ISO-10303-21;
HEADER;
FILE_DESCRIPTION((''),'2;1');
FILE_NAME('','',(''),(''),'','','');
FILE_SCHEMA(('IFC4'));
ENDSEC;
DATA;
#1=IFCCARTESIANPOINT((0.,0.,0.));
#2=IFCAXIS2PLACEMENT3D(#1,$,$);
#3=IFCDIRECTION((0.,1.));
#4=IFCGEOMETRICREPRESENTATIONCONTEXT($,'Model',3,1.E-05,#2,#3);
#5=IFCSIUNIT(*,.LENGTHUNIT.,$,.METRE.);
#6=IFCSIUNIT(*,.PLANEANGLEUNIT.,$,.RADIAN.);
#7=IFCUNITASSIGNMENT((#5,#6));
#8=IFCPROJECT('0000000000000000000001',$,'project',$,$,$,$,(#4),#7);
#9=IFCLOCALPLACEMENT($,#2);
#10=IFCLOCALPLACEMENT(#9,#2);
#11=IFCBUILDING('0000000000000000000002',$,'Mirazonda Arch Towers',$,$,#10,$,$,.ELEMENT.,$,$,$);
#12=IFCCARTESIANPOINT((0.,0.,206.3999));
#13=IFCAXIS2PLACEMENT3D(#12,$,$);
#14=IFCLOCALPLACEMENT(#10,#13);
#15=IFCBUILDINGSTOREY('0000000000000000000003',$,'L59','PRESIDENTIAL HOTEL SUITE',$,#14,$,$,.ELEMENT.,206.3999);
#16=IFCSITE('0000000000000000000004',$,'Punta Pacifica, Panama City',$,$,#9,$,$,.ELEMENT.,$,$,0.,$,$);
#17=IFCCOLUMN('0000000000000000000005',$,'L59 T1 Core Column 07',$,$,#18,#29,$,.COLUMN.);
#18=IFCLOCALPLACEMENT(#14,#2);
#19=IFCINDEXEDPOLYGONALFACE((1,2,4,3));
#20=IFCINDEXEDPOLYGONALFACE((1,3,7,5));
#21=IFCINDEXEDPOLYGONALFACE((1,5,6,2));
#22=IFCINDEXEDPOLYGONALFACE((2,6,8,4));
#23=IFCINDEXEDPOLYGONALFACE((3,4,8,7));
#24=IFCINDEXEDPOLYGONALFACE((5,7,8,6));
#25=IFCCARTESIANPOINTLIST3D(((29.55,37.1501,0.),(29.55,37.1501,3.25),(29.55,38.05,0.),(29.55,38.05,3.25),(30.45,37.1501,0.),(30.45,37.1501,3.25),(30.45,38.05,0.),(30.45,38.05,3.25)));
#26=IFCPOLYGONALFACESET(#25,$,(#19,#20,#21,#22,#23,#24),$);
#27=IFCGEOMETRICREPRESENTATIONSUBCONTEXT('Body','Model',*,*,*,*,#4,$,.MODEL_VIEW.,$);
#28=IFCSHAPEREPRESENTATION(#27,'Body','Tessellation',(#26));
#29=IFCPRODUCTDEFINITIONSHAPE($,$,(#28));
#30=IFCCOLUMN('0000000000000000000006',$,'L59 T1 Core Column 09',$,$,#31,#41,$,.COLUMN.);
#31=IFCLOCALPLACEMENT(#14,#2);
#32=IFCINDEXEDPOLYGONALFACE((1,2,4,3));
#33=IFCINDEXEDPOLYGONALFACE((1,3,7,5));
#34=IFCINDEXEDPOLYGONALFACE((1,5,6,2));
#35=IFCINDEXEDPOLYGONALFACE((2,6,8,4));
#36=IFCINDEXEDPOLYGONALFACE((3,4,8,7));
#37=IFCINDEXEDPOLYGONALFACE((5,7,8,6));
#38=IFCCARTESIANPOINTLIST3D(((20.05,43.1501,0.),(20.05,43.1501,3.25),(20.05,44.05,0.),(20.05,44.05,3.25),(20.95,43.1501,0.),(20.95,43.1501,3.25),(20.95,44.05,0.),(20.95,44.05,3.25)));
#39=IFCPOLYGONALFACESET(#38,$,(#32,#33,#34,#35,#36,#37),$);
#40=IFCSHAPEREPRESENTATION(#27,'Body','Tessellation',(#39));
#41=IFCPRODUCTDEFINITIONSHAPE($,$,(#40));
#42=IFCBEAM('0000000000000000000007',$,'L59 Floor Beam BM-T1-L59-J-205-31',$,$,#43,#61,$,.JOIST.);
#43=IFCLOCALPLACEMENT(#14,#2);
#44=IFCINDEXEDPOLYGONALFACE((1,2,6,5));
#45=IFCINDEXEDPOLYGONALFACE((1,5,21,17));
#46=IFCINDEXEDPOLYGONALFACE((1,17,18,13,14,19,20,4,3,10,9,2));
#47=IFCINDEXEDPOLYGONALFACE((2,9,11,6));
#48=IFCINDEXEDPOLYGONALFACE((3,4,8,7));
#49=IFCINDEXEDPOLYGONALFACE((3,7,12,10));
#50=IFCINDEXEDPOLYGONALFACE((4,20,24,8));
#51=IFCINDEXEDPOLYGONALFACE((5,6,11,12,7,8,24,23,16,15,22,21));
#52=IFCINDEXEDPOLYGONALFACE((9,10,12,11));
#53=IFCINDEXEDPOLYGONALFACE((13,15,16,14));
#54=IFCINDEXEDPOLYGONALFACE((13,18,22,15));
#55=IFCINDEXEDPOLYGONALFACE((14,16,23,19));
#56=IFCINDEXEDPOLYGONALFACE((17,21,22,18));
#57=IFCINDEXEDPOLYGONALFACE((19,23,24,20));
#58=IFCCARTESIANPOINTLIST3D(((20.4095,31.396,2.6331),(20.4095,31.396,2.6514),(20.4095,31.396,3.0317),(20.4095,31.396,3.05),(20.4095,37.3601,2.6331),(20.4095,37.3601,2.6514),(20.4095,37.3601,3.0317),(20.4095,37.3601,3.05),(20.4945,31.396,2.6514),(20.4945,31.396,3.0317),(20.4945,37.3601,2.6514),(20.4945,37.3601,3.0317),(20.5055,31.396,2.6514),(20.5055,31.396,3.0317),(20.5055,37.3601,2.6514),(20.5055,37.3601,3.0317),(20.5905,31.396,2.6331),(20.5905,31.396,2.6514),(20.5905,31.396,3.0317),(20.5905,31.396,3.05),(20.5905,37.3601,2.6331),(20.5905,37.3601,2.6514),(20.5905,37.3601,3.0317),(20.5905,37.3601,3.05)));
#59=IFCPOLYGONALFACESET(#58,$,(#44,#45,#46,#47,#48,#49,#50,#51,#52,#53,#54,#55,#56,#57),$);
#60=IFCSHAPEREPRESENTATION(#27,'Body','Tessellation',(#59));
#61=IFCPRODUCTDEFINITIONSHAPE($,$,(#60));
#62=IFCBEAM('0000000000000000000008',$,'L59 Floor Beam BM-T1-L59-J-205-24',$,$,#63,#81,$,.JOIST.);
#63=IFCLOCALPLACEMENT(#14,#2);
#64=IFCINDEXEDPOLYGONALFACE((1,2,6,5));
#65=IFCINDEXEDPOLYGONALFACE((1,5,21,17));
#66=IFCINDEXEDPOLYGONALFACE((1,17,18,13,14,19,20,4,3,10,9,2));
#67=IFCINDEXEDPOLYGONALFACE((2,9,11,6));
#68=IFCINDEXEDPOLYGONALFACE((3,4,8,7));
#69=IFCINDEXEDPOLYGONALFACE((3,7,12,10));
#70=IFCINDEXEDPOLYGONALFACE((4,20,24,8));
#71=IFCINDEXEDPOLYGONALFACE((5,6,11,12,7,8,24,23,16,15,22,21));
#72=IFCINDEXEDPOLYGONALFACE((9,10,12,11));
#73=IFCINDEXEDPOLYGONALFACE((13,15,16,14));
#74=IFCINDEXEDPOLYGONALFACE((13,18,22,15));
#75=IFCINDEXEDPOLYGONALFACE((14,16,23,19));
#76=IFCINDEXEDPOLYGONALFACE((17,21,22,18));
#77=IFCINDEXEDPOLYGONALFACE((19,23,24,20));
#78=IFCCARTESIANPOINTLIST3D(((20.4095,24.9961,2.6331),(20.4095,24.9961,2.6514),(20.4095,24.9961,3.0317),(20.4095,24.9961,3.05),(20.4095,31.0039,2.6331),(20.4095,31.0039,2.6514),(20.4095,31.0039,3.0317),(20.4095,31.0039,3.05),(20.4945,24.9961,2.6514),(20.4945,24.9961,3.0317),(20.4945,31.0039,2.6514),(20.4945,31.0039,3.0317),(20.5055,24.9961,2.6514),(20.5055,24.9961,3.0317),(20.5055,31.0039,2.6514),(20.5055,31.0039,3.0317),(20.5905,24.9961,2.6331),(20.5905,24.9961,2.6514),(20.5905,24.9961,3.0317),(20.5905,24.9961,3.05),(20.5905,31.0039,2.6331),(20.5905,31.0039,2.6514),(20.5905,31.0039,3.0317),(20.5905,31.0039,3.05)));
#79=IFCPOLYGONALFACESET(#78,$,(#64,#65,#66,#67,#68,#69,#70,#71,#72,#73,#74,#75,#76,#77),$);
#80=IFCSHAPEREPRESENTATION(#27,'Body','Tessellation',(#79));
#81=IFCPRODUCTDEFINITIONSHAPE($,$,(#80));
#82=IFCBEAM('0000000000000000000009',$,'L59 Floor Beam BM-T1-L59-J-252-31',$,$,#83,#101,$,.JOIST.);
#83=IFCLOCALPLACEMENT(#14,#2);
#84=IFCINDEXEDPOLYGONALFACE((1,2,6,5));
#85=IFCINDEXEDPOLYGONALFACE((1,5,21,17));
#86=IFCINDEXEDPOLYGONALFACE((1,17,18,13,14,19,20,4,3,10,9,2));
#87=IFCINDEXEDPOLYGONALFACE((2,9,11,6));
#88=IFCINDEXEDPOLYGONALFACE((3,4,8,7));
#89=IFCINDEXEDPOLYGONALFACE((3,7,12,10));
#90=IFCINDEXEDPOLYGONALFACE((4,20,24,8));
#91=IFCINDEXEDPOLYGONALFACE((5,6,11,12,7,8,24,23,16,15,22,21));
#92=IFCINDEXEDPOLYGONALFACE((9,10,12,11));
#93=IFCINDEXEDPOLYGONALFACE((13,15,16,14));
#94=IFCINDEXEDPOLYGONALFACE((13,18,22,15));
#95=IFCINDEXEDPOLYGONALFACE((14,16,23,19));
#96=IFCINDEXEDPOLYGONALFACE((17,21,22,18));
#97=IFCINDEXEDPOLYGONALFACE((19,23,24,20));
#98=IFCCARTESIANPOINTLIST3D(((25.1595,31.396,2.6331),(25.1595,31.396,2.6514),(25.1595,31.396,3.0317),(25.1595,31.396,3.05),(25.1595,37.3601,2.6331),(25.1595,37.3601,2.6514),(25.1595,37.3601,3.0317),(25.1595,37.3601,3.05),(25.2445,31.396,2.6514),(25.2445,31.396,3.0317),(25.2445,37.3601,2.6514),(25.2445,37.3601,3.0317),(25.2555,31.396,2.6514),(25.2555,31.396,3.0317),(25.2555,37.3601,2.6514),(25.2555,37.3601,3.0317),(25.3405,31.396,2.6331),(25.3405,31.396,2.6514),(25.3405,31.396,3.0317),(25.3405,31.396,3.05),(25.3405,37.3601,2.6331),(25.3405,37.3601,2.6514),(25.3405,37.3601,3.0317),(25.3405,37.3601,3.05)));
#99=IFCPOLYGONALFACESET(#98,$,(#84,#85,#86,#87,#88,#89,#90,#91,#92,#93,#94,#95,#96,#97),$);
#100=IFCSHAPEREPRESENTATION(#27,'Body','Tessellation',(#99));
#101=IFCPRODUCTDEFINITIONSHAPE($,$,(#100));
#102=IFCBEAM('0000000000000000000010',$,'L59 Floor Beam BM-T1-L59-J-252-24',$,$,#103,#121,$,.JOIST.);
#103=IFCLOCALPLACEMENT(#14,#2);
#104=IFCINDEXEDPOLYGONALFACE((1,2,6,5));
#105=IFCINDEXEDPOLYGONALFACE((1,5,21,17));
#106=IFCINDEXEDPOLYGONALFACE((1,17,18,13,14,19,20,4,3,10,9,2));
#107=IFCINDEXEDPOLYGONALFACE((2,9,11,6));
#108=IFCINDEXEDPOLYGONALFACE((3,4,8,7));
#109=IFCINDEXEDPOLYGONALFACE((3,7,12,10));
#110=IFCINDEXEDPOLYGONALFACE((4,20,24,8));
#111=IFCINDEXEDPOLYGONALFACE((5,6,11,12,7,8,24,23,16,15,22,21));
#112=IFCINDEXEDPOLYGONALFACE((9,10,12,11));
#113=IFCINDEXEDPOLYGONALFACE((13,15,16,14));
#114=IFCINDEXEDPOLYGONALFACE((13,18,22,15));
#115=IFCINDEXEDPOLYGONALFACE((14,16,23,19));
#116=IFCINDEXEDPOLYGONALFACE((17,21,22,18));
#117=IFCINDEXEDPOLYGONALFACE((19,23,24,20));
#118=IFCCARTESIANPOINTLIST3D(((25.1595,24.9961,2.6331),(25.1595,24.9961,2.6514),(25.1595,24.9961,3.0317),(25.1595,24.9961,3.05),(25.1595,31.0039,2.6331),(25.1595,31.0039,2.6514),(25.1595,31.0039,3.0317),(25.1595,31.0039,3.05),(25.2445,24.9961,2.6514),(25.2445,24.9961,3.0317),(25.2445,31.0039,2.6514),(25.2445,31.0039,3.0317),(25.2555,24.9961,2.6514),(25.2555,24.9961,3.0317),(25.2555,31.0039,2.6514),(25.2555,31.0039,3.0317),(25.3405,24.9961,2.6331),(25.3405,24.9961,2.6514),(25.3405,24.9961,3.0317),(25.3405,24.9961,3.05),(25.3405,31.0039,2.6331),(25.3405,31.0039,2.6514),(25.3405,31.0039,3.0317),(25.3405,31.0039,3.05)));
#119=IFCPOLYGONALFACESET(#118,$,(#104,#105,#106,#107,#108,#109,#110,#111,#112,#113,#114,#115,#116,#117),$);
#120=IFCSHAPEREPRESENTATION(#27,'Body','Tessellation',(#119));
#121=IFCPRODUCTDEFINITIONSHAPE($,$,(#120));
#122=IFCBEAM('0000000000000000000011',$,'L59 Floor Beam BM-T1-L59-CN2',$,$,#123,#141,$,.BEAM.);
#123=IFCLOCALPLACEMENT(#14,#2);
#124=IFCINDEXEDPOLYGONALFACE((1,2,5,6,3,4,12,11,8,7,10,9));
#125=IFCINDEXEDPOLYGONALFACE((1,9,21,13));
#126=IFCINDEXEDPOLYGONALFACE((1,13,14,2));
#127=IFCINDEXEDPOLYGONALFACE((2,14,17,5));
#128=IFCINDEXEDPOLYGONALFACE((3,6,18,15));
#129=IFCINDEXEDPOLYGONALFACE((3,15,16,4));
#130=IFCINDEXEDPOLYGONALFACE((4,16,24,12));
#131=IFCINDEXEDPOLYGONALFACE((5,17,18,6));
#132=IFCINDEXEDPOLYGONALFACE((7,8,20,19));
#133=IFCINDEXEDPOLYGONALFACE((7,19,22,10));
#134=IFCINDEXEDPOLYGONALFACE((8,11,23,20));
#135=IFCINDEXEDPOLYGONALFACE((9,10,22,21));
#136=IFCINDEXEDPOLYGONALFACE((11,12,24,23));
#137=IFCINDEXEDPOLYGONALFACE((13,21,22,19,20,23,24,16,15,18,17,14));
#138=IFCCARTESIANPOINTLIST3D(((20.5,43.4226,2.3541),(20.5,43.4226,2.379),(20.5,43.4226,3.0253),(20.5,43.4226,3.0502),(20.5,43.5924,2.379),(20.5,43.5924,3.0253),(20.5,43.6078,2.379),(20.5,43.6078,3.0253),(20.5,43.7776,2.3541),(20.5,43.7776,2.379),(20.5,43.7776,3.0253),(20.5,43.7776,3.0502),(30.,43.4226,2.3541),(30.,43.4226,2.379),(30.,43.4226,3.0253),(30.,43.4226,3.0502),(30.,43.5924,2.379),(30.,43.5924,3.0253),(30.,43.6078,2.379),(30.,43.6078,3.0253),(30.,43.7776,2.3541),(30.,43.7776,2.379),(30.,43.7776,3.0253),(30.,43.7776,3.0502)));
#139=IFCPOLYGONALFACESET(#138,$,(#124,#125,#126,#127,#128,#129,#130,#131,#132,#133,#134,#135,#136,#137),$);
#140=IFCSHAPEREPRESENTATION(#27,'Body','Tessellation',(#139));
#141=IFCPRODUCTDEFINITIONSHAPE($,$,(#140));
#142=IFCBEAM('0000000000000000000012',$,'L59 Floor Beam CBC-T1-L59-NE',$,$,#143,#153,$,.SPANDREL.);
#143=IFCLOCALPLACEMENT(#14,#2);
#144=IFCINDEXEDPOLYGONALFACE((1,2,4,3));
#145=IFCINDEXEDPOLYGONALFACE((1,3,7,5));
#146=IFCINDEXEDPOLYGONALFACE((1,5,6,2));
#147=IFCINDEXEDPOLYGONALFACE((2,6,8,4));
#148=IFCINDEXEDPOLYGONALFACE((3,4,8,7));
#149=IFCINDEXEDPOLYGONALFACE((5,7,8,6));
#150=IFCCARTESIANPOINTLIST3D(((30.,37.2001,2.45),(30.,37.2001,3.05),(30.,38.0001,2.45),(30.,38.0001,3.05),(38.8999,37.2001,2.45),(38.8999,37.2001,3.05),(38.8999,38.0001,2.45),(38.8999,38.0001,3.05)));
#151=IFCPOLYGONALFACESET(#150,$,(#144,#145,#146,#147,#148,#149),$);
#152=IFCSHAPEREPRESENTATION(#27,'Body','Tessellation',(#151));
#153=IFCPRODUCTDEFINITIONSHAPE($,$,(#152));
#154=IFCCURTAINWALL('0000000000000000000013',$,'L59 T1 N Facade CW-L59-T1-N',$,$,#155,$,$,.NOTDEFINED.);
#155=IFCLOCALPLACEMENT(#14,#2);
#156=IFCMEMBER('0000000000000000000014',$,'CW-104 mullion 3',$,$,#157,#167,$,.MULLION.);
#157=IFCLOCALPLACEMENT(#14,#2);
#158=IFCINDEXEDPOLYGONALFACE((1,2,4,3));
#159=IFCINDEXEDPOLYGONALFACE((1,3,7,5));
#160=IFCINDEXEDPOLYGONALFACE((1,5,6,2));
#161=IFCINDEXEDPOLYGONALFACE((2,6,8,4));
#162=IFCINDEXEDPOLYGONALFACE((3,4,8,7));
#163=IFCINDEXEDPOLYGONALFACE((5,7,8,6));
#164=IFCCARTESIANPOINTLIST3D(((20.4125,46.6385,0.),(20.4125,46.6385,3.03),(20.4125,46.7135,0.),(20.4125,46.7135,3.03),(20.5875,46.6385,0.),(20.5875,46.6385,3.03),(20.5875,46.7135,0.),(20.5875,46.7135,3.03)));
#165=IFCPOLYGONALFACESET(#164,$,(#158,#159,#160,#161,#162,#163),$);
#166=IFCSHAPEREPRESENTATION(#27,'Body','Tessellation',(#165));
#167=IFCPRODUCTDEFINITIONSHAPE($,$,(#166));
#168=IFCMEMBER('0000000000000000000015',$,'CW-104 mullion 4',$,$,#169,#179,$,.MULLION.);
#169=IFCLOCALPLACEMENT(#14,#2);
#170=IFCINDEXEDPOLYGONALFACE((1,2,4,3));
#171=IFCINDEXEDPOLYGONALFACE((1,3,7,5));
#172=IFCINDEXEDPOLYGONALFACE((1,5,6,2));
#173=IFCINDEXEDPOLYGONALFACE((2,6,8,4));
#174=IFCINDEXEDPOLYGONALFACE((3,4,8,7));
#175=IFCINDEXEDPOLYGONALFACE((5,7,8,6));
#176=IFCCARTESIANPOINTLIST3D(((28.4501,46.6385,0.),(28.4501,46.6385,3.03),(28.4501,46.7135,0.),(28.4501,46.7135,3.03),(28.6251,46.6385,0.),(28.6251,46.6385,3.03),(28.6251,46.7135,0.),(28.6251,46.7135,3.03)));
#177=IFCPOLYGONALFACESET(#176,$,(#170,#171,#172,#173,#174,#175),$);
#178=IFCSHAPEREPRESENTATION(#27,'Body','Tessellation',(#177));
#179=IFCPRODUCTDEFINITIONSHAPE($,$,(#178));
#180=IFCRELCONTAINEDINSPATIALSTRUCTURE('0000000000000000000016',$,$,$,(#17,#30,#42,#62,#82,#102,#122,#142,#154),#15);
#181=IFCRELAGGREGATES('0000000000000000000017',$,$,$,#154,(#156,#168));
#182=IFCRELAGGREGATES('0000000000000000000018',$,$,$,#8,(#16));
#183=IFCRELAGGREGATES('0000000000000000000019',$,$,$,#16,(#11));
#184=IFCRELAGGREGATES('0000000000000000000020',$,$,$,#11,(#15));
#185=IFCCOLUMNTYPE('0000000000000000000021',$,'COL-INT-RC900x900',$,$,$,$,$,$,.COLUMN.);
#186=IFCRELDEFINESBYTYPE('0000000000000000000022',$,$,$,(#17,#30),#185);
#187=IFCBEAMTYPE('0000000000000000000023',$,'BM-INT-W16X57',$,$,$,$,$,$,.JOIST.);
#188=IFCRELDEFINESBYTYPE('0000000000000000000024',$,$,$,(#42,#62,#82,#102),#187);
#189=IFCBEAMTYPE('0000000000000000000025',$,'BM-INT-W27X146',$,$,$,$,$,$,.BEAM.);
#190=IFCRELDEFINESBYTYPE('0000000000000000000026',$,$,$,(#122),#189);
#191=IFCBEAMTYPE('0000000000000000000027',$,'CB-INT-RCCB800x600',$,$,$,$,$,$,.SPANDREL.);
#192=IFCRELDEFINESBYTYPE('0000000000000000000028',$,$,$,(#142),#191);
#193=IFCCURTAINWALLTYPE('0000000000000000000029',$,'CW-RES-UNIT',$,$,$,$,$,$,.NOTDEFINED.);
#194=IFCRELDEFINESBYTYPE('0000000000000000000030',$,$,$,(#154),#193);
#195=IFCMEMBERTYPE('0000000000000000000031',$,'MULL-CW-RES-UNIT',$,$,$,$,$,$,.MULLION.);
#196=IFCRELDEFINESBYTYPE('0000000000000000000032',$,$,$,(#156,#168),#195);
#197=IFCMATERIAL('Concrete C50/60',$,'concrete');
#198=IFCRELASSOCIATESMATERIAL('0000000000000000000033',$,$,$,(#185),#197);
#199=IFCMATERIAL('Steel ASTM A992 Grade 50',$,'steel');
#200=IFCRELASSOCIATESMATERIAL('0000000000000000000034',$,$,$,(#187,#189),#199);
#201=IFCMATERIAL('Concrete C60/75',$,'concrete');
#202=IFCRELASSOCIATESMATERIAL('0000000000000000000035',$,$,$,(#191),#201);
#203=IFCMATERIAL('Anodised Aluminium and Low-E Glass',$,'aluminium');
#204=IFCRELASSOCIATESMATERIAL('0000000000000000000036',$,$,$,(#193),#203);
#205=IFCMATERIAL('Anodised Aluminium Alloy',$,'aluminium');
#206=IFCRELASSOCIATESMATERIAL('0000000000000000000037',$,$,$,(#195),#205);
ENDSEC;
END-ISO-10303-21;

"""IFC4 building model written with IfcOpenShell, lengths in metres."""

from ifc_helpers import new_model, si_unit, direction, frame, origin, origin_2d, place, context, subcontext, project, spatial, rectangle, i_section, extrude, material, material_profile, profile_set, type_object, element, aggregate, save


model = new_model("IFC4")

# Units and contexts
model_context = context("Model", 3, precision=1e-05, world=origin(), true_north=direction((0.0, 1.0)))
body_context = subcontext(model_context, "Body", "Model", "MODEL_VIEW")
ifc_project = project(units=[si_unit("LENGTHUNIT", "METRE"), si_unit("PLANEANGLEUNIT", "RADIAN")], contexts=[model_context])

# Site, building, storey
site_placement = place(None, origin())
site = spatial("IfcSite", under=ifc_project, at=site_placement, Name="Punta Pacifica, Panama City", CompositionType="ELEMENT", RefElevation=0.0)
building_placement = place(site_placement, origin())
building = spatial("IfcBuilding", under=site, at=building_placement, Name="Mirazonda Arch Towers", CompositionType="ELEMENT")
storey_placement = place(building_placement, frame((0.0, 0.0, 206.3999)))
storey = spatial("IfcBuildingStorey", under=building, at=storey_placement, Name="L59", Description="PRESIDENTIAL HOTEL SUITE", CompositionType="ELEMENT", Elevation=206.3999)

# Columns
ifc_material_1 = material(Name="Concrete C50/60", Category="concrete")
ifc_material_profile_1 = material_profile(ifc_material_1, rectangle(XDim=0.8999, YDim=0.8999, at=origin_2d()), Name="RC900x900")
ifc_profile_set_1 = profile_set([ifc_material_profile_1], Name="Concrete C50/60")
column_type = type_object("IfcColumnType", Name="COL-INT-RC900x900", PredefinedType="COLUMN", material=ifc_profile_set_1)
for number, where, z_axis, x_axis, name in (
    (1, (30.0, 37.6001, 0.0), (0.0, 0.0, 1.0), (1.0, 0.0, 0.0), "L59 T1 Core Column 07"),
    (2, (20.5, 43.6001, 0.0), (0.0, 0.0, 1.0), (1.0, 0.0, 0.0), "L59 T1 Core Column 09"),
):
    element("IfcColumn", number, at=place(storey_placement, frame(where, z_axis=z_axis, x_axis=x_axis)), inside=storey, type_object=column_type, Name=name, PredefinedType="COLUMN", context=body_context, shape_type="SweptSolid", body=[
        extrude(rectangle(XDim=0.8999, YDim=0.8999, at=origin_2d()), origin(), (0.0, 0.0, 1.0), 3.25),
    ])

# Beams
ifc_material_2 = material(Name="Steel ASTM A992 Grade 50", Category="steel")
ifc_material_profile_2 = material_profile(ifc_material_2, i_section(OverallWidth=0.1809, OverallDepth=0.417, WebThickness=0.011, FlangeThickness=0.0183, at=origin_2d()), Name="W16X57")
ifc_profile_set_2 = profile_set([ifc_material_profile_2], Name="Steel ASTM A992 Grade 50")
beam_type_1 = type_object("IfcBeamType", Name="BM-INT-W16X57", PredefinedType="JOIST", material=ifc_profile_set_2)
beam_1_placement = place(storey_placement, frame((20.5, 31.396, 2.8416), z_axis=(0.0, 1.0, 0.0), x_axis=(-1.0, 0.0, 0.0)))
element("IfcBeam", 3, at=beam_1_placement, inside=storey, type_object=beam_type_1, Name="L59 Floor Beam BM-T1-L59-J-205-31", PredefinedType="JOIST", context=body_context, shape_type="SweptSolid", body=[
    extrude(i_section(OverallWidth=0.1809, OverallDepth=0.417, WebThickness=0.011, FlangeThickness=0.0183, at=origin_2d()), origin(), (0.0, 0.0, 1.0), 5.9641),
])
beam_2_placement = place(storey_placement, frame((20.5, 24.9961, 2.8416), z_axis=(0.0, 1.0, 0.0), x_axis=(-1.0, 0.0, 0.0)))
element("IfcBeam", 4, at=beam_2_placement, inside=storey, type_object=beam_type_1, Name="L59 Floor Beam BM-T1-L59-J-205-24", PredefinedType="JOIST", context=body_context, shape_type="SweptSolid", body=[
    extrude(i_section(OverallWidth=0.1809, OverallDepth=0.417, WebThickness=0.011, FlangeThickness=0.0183, at=origin_2d()), origin(), (0.0, 0.0, 1.0), 6.0078),
])
beam_3_placement = place(storey_placement, frame((25.25, 31.396, 2.8416), z_axis=(0.0, 1.0, 0.0), x_axis=(-1.0, 0.0, 0.0)))
element("IfcBeam", 5, at=beam_3_placement, inside=storey, type_object=beam_type_1, Name="L59 Floor Beam BM-T1-L59-J-252-31", PredefinedType="JOIST", context=body_context, shape_type="SweptSolid", body=[
    extrude(i_section(OverallWidth=0.1809, OverallDepth=0.417, WebThickness=0.011, FlangeThickness=0.0183, at=origin_2d()), origin(), (0.0, 0.0, 1.0), 5.9641),
])
beam_4_placement = place(storey_placement, frame((25.25, 24.9961, 2.8416), z_axis=(0.0, 1.0, 0.0), x_axis=(-1.0, 0.0, 0.0)))
element("IfcBeam", 6, at=beam_4_placement, inside=storey, type_object=beam_type_1, Name="L59 Floor Beam BM-T1-L59-J-252-24", PredefinedType="JOIST", context=body_context, shape_type="SweptSolid", body=[
    extrude(i_section(OverallWidth=0.1809, OverallDepth=0.417, WebThickness=0.011, FlangeThickness=0.0183, at=origin_2d()), origin(), (0.0, 0.0, 1.0), 6.0078),
])
ifc_material_profile_3 = material_profile(ifc_material_2, i_section(OverallWidth=0.355, OverallDepth=0.696, WebThickness=0.0154, FlangeThickness=0.0249, at=origin_2d()), Name="W27X146")
ifc_profile_set_3 = profile_set([ifc_material_profile_3], Name="Steel ASTM A992 Grade 50")
beam_type_2 = type_object("IfcBeamType", Name="BM-INT-W27X146", PredefinedType="BEAM", material=ifc_profile_set_3)
beam_5_placement = place(storey_placement, frame((20.5, 43.6001, 2.7021), z_axis=(1.0, 0.0, 0.0), x_axis=(0.0, 1.0, 0.0)))
element("IfcBeam", 7, at=beam_5_placement, inside=storey, type_object=beam_type_2, Name="L59 Floor Beam BM-T1-L59-CN2", PredefinedType="BEAM", context=body_context, shape_type="SweptSolid", body=[
    extrude(i_section(OverallWidth=0.355, OverallDepth=0.696, WebThickness=0.0154, FlangeThickness=0.0249, at=origin_2d()), origin(), (0.0, 0.0, 1.0), 9.5),
])
ifc_material_3 = material(Name="Concrete C60/75", Category="concrete")
ifc_material_profile_4 = material_profile(ifc_material_3, rectangle(XDim=0.8, YDim=0.6001, at=origin_2d()), Name="RCCB800x600")
ifc_profile_set_4 = profile_set([ifc_material_profile_4], Name="Concrete C60/75")
beam_type_3 = type_object("IfcBeamType", Name="CB-INT-RCCB800x600", PredefinedType="SPANDREL", material=ifc_profile_set_4)
beam_6_placement = place(storey_placement, frame((30.0, 37.6001, 2.75), z_axis=(1.0, 0.0, 0.0), x_axis=(0.0, 1.0, 0.0)))
element("IfcBeam", 8, at=beam_6_placement, inside=storey, type_object=beam_type_3, Name="L59 Floor Beam CBC-T1-L59-NE", PredefinedType="SPANDREL", context=body_context, shape_type="SweptSolid", body=[
    extrude(rectangle(XDim=0.8, YDim=0.6001, at=origin_2d()), origin(), (0.0, 0.0, 1.0), 8.8999),
])

# Curtain wall, members
ifc_material_4 = material(Name="Anodised Aluminium and Low-E Glass", Category="aluminium")
curtain_wall_type = type_object("IfcCurtainWallType", Name="CW-RES-UNIT", PredefinedType="NOTDEFINED", material=ifc_material_4)
curtain_wall_placement = place(storey_placement, origin())
curtain_wall = element("IfcCurtainWall", 9, at=curtain_wall_placement, inside=storey, type_object=curtain_wall_type, Name="L59 T1 N Facade CW-L59-T1-N", PredefinedType="NOTDEFINED")
ifc_material_5 = material(Name="Anodised Aluminium Alloy", Category="aluminium")
ifc_material_profile_5 = material_profile(ifc_material_5, rectangle(XDim=0.075, YDim=0.175, at=origin_2d()), Name="ALU-MULL-75x175")
ifc_profile_set_5 = profile_set([ifc_material_profile_5], Name="Anodised Aluminium Alloy")
member_type_1 = type_object("IfcMemberType", Name="MULL-CW-RES-UNIT", PredefinedType="MULLION", material=ifc_profile_set_5)
member_1_placement = place(storey_placement, frame((20.5, 46.676, 0.0), z_axis=(0.0, 0.0, 1.0), x_axis=(0.0, 1.0, 0.0)))
member_1 = element("IfcMember", 10, at=member_1_placement, type_object=member_type_1, Name="CW-104 mullion 3", PredefinedType="MULLION", context=body_context, shape_type="SweptSolid", body=[
    extrude(rectangle(XDim=0.075, YDim=0.175, at=origin_2d()), origin(), (0.0, 0.0, 1.0), 3.03),
])
member_2_placement = place(storey_placement, frame((28.5376, 46.676, 0.0), z_axis=(0.0, 0.0, 1.0), x_axis=(0.0, 1.0, 0.0)))
member_2 = element("IfcMember", 11, at=member_2_placement, type_object=member_type_1, Name="CW-104 mullion 4", PredefinedType="MULLION", context=body_context, shape_type="SweptSolid", body=[
    extrude(rectangle(XDim=0.075, YDim=0.175, at=origin_2d()), origin(), (0.0, 0.0, 1.0), 3.03),
])
aggregate(curtain_wall, [member_1, member_2])

save(model, "model.ifc")
